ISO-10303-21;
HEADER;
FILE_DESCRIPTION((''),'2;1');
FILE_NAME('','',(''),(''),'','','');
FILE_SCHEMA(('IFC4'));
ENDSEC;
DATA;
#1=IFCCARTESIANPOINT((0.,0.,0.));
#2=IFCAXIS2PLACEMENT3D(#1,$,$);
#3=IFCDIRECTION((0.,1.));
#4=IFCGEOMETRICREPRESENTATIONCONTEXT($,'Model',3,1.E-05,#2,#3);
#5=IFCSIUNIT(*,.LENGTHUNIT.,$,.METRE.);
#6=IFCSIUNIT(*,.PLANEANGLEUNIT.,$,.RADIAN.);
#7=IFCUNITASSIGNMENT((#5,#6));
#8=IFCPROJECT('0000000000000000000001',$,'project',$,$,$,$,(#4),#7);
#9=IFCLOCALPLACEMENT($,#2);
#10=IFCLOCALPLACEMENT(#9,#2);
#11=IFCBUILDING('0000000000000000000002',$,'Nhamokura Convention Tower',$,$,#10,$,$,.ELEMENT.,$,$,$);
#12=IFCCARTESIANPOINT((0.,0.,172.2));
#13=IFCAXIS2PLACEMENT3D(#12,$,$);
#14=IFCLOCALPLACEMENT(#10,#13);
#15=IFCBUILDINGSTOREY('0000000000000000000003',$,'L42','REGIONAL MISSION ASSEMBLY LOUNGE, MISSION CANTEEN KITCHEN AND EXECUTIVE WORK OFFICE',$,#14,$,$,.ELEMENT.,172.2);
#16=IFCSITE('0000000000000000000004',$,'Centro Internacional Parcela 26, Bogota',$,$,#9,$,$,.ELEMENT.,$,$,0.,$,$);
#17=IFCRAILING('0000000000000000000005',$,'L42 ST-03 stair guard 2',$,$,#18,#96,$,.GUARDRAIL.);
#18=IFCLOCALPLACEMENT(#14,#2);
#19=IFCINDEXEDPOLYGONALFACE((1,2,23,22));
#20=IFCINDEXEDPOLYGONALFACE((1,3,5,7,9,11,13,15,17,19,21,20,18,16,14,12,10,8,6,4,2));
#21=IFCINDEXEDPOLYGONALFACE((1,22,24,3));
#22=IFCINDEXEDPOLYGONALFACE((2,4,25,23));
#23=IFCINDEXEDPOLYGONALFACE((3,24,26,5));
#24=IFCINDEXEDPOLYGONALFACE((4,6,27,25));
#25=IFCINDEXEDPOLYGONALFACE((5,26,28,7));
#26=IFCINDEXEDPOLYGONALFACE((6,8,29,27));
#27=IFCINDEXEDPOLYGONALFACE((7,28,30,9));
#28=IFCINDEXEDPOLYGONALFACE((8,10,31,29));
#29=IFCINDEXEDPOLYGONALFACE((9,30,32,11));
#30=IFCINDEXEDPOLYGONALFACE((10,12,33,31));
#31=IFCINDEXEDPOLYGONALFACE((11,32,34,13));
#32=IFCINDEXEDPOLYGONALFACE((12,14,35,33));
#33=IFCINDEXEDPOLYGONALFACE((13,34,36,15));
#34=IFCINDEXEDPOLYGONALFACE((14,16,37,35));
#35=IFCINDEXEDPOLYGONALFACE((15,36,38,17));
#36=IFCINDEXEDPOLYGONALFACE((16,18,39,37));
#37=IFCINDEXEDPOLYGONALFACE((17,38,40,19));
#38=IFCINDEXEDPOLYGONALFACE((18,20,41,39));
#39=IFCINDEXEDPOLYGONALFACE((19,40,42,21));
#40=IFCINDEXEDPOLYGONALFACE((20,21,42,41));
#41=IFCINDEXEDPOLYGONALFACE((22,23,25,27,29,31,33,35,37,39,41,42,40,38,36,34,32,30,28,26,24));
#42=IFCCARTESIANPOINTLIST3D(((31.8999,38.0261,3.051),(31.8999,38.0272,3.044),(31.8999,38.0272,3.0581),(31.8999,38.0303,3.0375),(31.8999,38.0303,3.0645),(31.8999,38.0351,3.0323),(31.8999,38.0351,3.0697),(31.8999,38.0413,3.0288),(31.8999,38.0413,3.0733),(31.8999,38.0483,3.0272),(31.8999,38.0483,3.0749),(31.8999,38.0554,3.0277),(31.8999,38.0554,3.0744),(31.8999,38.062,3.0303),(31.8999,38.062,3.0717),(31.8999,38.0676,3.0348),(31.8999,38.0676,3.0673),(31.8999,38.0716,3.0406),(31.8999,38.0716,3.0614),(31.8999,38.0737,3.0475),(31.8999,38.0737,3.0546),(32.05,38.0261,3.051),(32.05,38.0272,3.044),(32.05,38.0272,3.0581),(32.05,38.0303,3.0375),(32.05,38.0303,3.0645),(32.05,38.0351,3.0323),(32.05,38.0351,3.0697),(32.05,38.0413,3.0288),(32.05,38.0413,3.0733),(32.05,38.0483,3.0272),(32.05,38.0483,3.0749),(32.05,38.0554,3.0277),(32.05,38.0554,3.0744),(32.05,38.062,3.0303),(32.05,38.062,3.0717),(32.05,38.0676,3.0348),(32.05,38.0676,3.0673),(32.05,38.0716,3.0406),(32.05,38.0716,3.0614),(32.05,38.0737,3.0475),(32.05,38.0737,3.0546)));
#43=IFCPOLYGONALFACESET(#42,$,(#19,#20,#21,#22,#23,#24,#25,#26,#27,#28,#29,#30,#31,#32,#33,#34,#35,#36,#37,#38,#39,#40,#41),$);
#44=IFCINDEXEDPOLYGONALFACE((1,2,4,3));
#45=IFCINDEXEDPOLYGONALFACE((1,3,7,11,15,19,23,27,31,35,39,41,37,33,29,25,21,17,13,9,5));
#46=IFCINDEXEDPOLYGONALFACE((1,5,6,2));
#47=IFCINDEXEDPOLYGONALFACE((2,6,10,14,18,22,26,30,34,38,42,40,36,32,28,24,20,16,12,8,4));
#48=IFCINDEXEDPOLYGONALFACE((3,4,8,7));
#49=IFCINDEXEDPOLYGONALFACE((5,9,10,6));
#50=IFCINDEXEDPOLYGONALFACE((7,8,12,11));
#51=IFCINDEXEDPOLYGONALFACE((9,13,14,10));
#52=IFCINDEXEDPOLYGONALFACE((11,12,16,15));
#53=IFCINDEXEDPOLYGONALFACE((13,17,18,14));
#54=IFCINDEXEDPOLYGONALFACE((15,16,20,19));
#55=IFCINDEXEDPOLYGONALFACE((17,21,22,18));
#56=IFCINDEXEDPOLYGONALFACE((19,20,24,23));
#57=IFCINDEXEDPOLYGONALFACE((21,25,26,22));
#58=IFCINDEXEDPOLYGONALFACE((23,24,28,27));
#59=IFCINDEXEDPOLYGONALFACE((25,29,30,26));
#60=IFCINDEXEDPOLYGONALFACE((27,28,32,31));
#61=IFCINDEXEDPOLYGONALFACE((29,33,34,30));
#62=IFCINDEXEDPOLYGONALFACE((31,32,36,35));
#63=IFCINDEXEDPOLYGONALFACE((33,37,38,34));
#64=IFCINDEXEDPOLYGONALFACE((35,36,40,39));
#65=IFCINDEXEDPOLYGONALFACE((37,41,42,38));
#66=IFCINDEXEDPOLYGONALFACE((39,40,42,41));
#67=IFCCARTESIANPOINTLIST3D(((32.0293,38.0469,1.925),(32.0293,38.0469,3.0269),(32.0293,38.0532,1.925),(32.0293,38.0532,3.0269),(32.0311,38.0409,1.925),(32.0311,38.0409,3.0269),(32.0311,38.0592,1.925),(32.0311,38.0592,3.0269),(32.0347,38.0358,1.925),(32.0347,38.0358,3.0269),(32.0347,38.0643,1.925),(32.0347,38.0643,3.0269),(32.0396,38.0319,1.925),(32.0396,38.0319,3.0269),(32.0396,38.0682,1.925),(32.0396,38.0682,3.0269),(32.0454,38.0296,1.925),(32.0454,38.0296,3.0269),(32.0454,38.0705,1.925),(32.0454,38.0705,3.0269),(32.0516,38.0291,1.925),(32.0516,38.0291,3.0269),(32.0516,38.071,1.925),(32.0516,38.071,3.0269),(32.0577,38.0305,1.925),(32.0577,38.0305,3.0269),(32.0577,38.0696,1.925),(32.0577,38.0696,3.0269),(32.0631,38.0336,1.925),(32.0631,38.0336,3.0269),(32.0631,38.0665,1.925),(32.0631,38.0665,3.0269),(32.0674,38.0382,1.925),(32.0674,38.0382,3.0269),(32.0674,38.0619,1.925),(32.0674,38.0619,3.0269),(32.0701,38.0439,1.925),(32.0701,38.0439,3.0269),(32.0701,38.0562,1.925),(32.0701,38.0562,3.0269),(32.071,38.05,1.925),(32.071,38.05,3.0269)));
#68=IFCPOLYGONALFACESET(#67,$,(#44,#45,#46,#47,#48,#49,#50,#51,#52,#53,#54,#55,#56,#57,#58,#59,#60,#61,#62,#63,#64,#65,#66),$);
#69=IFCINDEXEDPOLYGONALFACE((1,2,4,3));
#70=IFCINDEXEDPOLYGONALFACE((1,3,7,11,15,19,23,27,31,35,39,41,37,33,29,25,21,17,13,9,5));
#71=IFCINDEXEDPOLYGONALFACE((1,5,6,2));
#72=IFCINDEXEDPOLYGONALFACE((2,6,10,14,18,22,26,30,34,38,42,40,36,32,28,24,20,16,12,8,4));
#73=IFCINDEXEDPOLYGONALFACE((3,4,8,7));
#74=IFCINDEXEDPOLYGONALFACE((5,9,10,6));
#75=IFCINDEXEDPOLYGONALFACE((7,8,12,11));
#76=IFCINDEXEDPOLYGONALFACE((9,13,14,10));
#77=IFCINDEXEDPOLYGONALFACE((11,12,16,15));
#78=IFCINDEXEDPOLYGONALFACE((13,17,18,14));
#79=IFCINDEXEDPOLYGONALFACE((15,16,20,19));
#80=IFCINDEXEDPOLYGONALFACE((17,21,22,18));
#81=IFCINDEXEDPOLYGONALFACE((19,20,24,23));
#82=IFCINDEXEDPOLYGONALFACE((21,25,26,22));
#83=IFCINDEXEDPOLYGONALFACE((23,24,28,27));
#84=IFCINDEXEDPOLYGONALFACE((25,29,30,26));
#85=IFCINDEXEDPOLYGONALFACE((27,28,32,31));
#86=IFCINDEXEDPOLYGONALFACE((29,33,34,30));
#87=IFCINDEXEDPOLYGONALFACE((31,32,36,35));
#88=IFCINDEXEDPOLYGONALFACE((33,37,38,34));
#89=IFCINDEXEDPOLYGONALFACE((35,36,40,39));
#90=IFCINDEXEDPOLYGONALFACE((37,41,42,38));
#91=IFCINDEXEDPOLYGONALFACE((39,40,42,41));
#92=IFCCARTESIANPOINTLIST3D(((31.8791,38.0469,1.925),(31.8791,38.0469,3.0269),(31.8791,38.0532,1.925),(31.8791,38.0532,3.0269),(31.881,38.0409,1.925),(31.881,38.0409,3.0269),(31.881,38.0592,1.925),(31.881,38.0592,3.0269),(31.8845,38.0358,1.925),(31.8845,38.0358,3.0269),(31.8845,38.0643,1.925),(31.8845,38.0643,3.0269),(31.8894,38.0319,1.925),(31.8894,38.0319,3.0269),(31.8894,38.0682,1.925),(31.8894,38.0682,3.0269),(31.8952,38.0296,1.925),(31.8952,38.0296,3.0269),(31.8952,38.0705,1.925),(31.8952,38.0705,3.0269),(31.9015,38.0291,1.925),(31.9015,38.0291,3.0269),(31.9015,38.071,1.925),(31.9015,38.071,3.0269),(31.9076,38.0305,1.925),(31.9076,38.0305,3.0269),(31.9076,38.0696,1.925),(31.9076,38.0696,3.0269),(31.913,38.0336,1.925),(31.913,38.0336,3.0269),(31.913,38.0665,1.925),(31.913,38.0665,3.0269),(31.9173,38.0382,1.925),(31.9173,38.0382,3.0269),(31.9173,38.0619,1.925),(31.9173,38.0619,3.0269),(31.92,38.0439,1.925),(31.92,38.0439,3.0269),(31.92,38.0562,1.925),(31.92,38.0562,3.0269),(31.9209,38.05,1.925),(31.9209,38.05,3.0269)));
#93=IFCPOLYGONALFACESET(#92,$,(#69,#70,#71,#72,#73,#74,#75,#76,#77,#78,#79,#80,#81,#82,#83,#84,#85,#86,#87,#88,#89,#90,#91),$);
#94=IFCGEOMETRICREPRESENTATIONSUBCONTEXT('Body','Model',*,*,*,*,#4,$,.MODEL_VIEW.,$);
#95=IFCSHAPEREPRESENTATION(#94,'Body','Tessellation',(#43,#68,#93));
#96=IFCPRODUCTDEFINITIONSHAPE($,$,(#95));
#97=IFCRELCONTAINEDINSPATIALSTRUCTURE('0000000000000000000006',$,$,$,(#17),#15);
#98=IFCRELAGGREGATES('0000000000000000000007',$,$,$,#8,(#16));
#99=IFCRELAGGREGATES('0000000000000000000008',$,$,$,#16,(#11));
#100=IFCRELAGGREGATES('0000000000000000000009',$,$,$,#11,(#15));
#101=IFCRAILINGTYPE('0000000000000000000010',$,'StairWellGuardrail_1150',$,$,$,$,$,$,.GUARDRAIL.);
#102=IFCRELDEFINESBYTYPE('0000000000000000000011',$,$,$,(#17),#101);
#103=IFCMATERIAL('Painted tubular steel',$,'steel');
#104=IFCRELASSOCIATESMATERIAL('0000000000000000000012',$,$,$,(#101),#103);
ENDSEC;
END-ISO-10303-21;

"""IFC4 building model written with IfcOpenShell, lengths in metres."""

from ifc_helpers import new_model, si_unit, direction, frame, origin, origin_2d, place, context, subcontext, project, spatial, circle, extrude, material, type_object, element, save


model = new_model("IFC4")

# Units and contexts
model_context = context("Model", 3, precision=1e-05, world=origin(), true_north=direction((0.0, 1.0)))
body_context = subcontext(model_context, "Body", "Model", "MODEL_VIEW")
ifc_project = project(units=[si_unit("LENGTHUNIT", "METRE"), si_unit("PLANEANGLEUNIT", "RADIAN")], contexts=[model_context])

# Site, building, storey
site_placement = place(None, origin())
site = spatial("IfcSite", under=ifc_project, at=site_placement, Name="Centro Internacional Parcela 26, Bogota", CompositionType="ELEMENT", RefElevation=0.0)
building_placement = place(site_placement, origin())
building = spatial("IfcBuilding", under=site, at=building_placement, Name="Nhamokura Convention Tower", CompositionType="ELEMENT")
storey_placement = place(building_placement, frame((0.0, 0.0, 172.2)))
storey = spatial("IfcBuildingStorey", under=building, at=storey_placement, Name="L42", Description="REGIONAL MISSION ASSEMBLY LOUNGE, MISSION CANTEEN KITCHEN AND EXECUTIVE WORK OFFICE", CompositionType="ELEMENT", Elevation=172.2)

# Railing
ifc_material_1 = material(Name="Painted tubular steel", Category="steel")
railing_type = type_object("IfcRailingType", Name="StairWellGuardrail_1150", PredefinedType="GUARDRAIL", material=ifc_material_1)
railing_placement = place(storey_placement, frame((32.05, 38.05, 1.925)))
element("IfcRailing", 1, at=railing_placement, inside=storey, type_object=railing_type, Name="L42 ST-03 stair guard 2", PredefinedType="GUARDRAIL", context=body_context, shape_type="SweptSolid", body=[
    extrude(circle(Radius=0.0239, at=origin_2d()), frame((0.0, 0.0, 1.126), z_axis=(-1.0, 0.0, 0.0), x_axis=(0.0, -1.0, 0.0)), (0.0, 0.0, 1.0), 0.1501),
    extrude(circle(Radius=0.021, at=origin_2d()), origin(), (0.0, 0.0, 1.0), 1.1018),
    extrude(circle(Radius=0.021, at=origin_2d()), frame((-0.1501, 0.0, 0.0)), (0.0, 0.0, 1.0), 1.1018),
])

save(model, "model.ifc")
